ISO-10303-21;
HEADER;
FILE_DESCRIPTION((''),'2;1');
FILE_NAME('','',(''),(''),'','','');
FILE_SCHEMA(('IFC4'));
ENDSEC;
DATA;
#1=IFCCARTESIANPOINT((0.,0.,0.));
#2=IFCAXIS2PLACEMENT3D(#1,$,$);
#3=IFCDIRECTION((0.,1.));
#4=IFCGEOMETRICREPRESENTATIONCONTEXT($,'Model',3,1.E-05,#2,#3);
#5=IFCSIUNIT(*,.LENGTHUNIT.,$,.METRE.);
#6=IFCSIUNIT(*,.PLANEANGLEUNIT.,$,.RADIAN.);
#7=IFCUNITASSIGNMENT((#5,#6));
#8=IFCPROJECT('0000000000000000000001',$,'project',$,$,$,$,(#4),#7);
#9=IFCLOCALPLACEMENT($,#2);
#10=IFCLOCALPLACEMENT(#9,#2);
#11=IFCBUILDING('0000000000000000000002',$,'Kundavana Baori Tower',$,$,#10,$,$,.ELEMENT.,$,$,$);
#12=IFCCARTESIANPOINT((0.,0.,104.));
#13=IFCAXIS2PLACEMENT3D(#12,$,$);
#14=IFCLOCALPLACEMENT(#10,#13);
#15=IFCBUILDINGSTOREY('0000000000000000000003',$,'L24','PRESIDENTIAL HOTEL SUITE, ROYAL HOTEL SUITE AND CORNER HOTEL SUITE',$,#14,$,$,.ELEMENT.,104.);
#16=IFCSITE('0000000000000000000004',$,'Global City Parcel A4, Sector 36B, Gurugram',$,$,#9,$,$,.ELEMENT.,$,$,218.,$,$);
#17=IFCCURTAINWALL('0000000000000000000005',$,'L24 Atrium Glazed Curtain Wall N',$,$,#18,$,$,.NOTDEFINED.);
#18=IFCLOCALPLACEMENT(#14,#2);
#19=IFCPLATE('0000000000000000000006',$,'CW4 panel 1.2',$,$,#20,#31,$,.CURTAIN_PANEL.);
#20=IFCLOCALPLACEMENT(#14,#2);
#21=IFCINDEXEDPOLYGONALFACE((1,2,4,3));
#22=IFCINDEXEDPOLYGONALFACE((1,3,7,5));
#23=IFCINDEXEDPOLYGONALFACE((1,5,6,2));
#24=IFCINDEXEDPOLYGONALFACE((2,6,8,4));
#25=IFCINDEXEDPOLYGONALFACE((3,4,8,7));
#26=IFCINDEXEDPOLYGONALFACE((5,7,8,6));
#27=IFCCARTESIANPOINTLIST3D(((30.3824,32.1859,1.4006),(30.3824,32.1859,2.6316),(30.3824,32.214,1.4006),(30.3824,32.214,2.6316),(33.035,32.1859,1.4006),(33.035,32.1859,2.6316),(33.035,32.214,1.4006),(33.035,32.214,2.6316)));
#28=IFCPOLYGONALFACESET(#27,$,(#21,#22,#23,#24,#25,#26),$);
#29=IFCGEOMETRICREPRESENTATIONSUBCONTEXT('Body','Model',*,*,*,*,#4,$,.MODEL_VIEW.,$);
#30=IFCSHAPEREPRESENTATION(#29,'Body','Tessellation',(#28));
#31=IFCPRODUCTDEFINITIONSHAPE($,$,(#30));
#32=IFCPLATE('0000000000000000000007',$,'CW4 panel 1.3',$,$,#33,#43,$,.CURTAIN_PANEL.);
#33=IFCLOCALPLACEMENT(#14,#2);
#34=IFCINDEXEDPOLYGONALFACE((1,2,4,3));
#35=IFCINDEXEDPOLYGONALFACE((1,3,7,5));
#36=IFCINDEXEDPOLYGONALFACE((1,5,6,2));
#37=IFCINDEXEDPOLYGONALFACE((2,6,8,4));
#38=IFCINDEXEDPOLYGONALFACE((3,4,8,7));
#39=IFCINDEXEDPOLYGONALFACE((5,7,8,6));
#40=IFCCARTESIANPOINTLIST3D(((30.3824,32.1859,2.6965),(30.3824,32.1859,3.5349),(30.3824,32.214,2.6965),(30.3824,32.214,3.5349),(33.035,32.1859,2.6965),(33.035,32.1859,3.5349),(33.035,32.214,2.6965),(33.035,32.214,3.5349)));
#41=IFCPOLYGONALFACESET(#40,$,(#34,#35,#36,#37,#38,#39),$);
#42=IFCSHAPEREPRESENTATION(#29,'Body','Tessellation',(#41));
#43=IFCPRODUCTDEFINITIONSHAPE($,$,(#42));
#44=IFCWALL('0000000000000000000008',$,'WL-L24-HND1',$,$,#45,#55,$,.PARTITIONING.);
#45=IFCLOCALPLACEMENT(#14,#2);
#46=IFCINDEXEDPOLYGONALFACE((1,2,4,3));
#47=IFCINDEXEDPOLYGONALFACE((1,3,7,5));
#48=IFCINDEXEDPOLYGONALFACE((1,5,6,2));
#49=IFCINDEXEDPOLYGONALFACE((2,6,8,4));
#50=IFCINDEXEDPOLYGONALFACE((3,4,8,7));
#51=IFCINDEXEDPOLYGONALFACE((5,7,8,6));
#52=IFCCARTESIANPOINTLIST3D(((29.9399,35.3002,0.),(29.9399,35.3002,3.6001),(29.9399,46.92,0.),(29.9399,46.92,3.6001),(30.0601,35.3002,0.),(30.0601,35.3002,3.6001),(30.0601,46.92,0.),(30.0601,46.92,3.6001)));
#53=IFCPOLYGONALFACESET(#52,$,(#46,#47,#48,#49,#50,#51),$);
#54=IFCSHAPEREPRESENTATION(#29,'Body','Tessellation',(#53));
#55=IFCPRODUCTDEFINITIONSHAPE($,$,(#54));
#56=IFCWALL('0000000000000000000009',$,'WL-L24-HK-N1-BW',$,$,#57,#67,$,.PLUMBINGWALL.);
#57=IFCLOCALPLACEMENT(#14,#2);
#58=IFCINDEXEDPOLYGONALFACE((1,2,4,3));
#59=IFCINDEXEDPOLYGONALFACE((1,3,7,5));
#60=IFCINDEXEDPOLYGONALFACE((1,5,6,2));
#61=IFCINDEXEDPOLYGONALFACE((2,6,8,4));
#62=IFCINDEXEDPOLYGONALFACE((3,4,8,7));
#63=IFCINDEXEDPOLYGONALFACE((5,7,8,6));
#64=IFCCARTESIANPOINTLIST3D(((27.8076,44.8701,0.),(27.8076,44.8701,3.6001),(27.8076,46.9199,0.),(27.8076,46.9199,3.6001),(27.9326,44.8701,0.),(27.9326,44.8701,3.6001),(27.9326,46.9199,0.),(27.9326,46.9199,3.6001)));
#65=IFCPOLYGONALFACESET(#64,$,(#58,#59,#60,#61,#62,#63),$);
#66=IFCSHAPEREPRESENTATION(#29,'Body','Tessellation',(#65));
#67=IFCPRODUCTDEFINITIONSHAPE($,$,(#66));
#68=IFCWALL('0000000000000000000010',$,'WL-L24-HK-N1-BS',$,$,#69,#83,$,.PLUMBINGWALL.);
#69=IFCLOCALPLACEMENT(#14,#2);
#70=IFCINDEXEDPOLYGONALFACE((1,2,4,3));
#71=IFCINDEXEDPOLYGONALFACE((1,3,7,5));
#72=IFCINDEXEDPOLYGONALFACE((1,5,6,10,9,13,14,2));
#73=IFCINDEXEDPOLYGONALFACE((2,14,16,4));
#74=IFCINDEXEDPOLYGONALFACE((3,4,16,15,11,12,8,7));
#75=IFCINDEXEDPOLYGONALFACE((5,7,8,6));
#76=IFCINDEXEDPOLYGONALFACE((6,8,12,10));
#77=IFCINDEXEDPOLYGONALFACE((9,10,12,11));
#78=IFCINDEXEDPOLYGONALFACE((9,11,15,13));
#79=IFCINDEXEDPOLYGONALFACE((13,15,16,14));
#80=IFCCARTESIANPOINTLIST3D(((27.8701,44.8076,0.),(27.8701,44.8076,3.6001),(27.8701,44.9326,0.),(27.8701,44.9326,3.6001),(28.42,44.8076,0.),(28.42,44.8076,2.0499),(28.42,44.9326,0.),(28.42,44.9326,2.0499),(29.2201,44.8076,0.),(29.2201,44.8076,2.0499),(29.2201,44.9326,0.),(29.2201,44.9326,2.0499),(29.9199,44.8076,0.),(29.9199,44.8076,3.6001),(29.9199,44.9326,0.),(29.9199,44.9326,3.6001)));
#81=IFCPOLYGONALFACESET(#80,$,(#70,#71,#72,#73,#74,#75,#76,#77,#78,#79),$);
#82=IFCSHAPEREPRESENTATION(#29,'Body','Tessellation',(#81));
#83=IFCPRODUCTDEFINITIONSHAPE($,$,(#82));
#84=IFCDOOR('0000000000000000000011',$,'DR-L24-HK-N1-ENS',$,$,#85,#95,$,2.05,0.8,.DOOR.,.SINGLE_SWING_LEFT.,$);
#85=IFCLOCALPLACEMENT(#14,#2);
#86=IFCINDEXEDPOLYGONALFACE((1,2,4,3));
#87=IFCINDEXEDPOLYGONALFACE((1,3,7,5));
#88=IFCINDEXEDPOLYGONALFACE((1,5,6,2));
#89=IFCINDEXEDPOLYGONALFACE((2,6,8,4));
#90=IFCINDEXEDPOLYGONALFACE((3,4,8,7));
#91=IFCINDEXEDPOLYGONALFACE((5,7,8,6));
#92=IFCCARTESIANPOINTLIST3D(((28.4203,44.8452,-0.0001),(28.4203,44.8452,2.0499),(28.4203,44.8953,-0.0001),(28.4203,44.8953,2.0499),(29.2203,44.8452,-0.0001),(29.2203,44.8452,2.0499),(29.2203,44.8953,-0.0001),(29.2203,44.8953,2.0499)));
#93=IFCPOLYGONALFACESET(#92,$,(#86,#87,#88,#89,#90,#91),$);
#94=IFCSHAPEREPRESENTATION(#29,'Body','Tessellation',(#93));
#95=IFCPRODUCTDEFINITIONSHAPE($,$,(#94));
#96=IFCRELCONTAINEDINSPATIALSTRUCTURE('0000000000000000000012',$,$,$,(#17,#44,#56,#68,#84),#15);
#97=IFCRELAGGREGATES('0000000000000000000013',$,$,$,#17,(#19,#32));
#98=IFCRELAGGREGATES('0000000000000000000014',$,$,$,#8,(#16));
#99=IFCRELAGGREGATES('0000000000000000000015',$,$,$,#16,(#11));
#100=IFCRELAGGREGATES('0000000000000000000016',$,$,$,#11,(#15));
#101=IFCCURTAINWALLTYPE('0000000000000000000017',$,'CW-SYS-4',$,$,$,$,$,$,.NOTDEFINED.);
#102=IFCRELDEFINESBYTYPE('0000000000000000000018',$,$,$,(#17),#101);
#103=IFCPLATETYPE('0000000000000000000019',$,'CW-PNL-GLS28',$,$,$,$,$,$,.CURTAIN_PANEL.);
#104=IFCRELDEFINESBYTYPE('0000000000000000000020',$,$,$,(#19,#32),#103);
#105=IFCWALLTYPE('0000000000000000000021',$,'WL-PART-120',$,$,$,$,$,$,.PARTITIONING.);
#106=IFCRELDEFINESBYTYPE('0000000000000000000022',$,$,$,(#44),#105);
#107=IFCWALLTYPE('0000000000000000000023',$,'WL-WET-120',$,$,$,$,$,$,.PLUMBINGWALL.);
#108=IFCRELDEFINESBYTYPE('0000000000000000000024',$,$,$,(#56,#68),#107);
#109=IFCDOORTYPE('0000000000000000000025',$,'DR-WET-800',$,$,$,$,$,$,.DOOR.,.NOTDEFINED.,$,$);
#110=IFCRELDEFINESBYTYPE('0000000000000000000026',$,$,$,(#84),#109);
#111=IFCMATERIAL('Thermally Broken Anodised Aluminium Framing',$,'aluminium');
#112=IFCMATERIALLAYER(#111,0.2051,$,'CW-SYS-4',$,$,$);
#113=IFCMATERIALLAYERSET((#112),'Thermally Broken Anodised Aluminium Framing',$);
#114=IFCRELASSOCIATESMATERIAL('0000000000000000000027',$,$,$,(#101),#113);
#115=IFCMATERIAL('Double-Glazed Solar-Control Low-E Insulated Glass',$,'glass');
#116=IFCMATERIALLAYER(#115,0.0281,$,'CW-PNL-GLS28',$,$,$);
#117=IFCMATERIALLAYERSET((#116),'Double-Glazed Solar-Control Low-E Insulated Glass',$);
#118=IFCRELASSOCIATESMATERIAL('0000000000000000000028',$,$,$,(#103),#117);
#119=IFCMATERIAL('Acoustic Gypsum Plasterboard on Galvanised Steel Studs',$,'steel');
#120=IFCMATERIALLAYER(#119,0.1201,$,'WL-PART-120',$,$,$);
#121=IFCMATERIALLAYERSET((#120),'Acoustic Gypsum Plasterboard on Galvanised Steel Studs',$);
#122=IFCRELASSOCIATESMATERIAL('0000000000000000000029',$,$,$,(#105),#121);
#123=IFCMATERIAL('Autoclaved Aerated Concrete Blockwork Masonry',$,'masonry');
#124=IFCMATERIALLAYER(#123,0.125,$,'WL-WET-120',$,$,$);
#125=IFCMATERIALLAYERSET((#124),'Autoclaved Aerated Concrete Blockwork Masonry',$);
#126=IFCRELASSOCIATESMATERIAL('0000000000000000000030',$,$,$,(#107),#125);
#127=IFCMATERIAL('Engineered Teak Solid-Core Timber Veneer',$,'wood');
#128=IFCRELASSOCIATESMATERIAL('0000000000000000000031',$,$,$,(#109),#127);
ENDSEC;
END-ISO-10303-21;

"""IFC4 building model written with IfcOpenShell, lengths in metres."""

from ifc_helpers import new_model, si_unit, direction, frame, frame_2d, origin, origin_2d, place, context, subcontext, project, spatial, rectangle, extrude, material, layer, layer_set, type_object, element, fill, aggregate, save


model = new_model("IFC4")

# Units and contexts
model_context = context("Model", 3, precision=1e-05, world=origin(), true_north=direction((0.0, 1.0)))
body_context = subcontext(model_context, "Body", "Model", "MODEL_VIEW")
ifc_project = project(units=[si_unit("LENGTHUNIT", "METRE"), si_unit("PLANEANGLEUNIT", "RADIAN")], contexts=[model_context])

# Site, building, storey
site_placement = place(None, origin())
site = spatial("IfcSite", under=ifc_project, at=site_placement, Name="Global City Parcel A4, Sector 36B, Gurugram", CompositionType="ELEMENT", RefElevation=218.0)
building_placement = place(site_placement, origin())
building = spatial("IfcBuilding", under=site, at=building_placement, Name="Kundavana Baori Tower", CompositionType="ELEMENT")
storey_placement = place(building_placement, frame((0.0, 0.0, 104.0)))
storey = spatial("IfcBuildingStorey", under=building, at=storey_placement, Name="L24", Description="PRESIDENTIAL HOTEL SUITE, ROYAL HOTEL SUITE AND CORNER HOTEL SUITE", CompositionType="ELEMENT", Elevation=104.0)

# Curtain wall, plates
ifc_material_1 = material(Name="Thermally Broken Anodised Aluminium Framing", Category="aluminium")
ifc_layer_1 = layer(ifc_material_1, 0.2051, Name="CW-SYS-4")
ifc_layer_set_1 = layer_set([ifc_layer_1], Name="Thermally Broken Anodised Aluminium Framing")
curtain_wall_type = type_object("IfcCurtainWallType", Name="CW-SYS-4", PredefinedType="NOTDEFINED", material=ifc_layer_set_1)
curtain_wall_placement = place(storey_placement, origin())
curtain_wall = element("IfcCurtainWall", 1, at=curtain_wall_placement, inside=storey, type_object=curtain_wall_type, Name="L24 Atrium Glazed Curtain Wall N", PredefinedType="NOTDEFINED")
ifc_material_2 = material(Name="Double-Glazed Solar-Control Low-E Insulated Glass", Category="glass")
ifc_layer_2 = layer(ifc_material_2, 0.0281, Name="CW-PNL-GLS28")
ifc_layer_set_2 = layer_set([ifc_layer_2], Name="Double-Glazed Solar-Control Low-E Insulated Glass")
plate_type = type_object("IfcPlateType", Name="CW-PNL-GLS28", PredefinedType="CURTAIN_PANEL", material=ifc_layer_set_2)
plate_1_placement = place(storey_placement, frame((31.7087, 32.2, 1.4006), z_axis=(0.0, 0.0, 1.0), x_axis=(-1.0, 0.0, 0.0)))
plate_1 = element("IfcPlate", 2, at=plate_1_placement, type_object=plate_type, Name="CW4 panel 1.2", PredefinedType="CURTAIN_PANEL", context=body_context, shape_type="SweptSolid", body=[
    extrude(rectangle(XDim=2.6526, YDim=0.0281, at=origin_2d()), origin(), (0.0, 0.0, 1.0), 1.231),
])
plate_2_placement = place(storey_placement, frame((31.7087, 32.2, 2.6965), z_axis=(0.0, 0.0, 1.0), x_axis=(-1.0, 0.0, 0.0)))
plate_2 = element("IfcPlate", 3, at=plate_2_placement, type_object=plate_type, Name="CW4 panel 1.3", PredefinedType="CURTAIN_PANEL", context=body_context, shape_type="SweptSolid", body=[
    extrude(rectangle(XDim=2.6526, YDim=0.0281, at=origin_2d()), origin(), (0.0, 0.0, 1.0), 0.8384),
])
aggregate(curtain_wall, [plate_1, plate_2])

# Walls
ifc_material_3 = material(Name="Acoustic Gypsum Plasterboard on Galvanised Steel Studs", Category="steel")
ifc_layer_3 = layer(ifc_material_3, 0.1201, Name="WL-PART-120")
ifc_layer_set_3 = layer_set([ifc_layer_3], Name="Acoustic Gypsum Plasterboard on Galvanised Steel Studs")
wall_type_1 = type_object("IfcWallType", Name="WL-PART-120", PredefinedType="PARTITIONING", material=ifc_layer_set_3)
wall_1_placement = place(storey_placement, frame((30.0, 35.3, 0.0), z_axis=(0.0, 0.0, 1.0), x_axis=(0.0, 1.0, 0.0)))
element("IfcWall", 4, at=wall_1_placement, inside=storey, type_object=wall_type_1, Name="WL-L24-HND1", PredefinedType="PARTITIONING", context=body_context, shape_type="SweptSolid", body=[
    extrude(rectangle(XDim=11.6199, YDim=0.1201, at=frame_2d((5.8101, 0.0))), origin(), (0.0, 0.0, 1.0), 3.6001),
])
ifc_material_4 = material(Name="Autoclaved Aerated Concrete Blockwork Masonry", Category="masonry")
ifc_layer_4 = layer(ifc_material_4, 0.125, Name="WL-WET-120")
ifc_layer_set_4 = layer_set([ifc_layer_4], Name="Autoclaved Aerated Concrete Blockwork Masonry")
wall_type_2 = type_object("IfcWallType", Name="WL-WET-120", PredefinedType="PLUMBINGWALL", material=ifc_layer_set_4)
wall_2_placement = place(storey_placement, frame((27.8701, 44.8701, 0.0), z_axis=(0.0, 0.0, 1.0), x_axis=(0.0, 1.0, 0.0)))
element("IfcWall", 5, at=wall_2_placement, inside=storey, type_object=wall_type_2, Name="WL-L24-HK-N1-BW", PredefinedType="PLUMBINGWALL", context=body_context, shape_type="SweptSolid", body=[
    extrude(rectangle(XDim=2.0498, YDim=0.125, at=frame_2d((1.0249, 0.0))), origin(), (0.0, 0.0, 1.0), 3.6001),
])

# Wall, opening, door
wall_3_placement = place(storey_placement, frame((27.8701, 44.8701, 0.0), z_axis=(0.0, 0.0, 1.0), x_axis=(1.0, 0.0, 0.0)))
wall_3 = element("IfcWall", 6, at=wall_3_placement, inside=storey, type_object=wall_type_2, Name="WL-L24-HK-N1-BS", PredefinedType="PLUMBINGWALL", context=body_context, shape_type="SweptSolid", body=[
    extrude(rectangle(XDim=2.0498, YDim=0.125, at=frame_2d((1.0249, 0.0))), origin(), (0.0, 0.0, 1.0), 3.6001),
])
opening_placement = place(wall_3_placement, frame((0.55, 0.0, 0.0)))
opening = element("IfcOpeningElement", 7, at=opening_placement, cuts=wall_3, PredefinedType="OPENING", context=body_context, shape_type="SweptSolid", body=[
    extrude(rectangle(XDim=0.8, YDim=2.05, at=frame_2d((0.3999, 1.0249))), frame((0.0, 0.0725, 0.0), z_axis=(0.0, -1.0, 0.0), x_axis=(1.0, 0.0, 0.0)), (0.0, 0.0, 1.0), 0.145),
])
ifc_material_5 = material(Name="Engineered Teak Solid-Core Timber Veneer", Category="wood")
door_type = type_object("IfcDoorType", Name="DR-WET-800", OperationType="NOTDEFINED", PredefinedType="DOOR", material=ifc_material_5)
door_placement = place(opening_placement, frame((0.8, 0.0, 0.0), z_axis=(0.0, 0.0, 1.0), x_axis=(-1.0, 0.0, 0.0)))
door = element("IfcDoor", 8, at=door_placement, inside=storey, type_object=door_type, Name="DR-L24-HK-N1-ENS", OperationType="SINGLE_SWING_LEFT", OverallHeight=2.05, OverallWidth=0.8, PredefinedType="DOOR", context=body_context, shape_type="SweptSolid", body=[
    extrude(rectangle(XDim=0.8, YDim=2.05, at=frame_2d((0.3999, 1.0249))), frame((0.0, 0.0249, 0.0), z_axis=(0.0, -1.0, 0.0), x_axis=(1.0, 0.0, 0.0)), (0.0, 0.0, 1.0), 0.05),
])
fill(opening, door)

save(model, "model.ifc")
